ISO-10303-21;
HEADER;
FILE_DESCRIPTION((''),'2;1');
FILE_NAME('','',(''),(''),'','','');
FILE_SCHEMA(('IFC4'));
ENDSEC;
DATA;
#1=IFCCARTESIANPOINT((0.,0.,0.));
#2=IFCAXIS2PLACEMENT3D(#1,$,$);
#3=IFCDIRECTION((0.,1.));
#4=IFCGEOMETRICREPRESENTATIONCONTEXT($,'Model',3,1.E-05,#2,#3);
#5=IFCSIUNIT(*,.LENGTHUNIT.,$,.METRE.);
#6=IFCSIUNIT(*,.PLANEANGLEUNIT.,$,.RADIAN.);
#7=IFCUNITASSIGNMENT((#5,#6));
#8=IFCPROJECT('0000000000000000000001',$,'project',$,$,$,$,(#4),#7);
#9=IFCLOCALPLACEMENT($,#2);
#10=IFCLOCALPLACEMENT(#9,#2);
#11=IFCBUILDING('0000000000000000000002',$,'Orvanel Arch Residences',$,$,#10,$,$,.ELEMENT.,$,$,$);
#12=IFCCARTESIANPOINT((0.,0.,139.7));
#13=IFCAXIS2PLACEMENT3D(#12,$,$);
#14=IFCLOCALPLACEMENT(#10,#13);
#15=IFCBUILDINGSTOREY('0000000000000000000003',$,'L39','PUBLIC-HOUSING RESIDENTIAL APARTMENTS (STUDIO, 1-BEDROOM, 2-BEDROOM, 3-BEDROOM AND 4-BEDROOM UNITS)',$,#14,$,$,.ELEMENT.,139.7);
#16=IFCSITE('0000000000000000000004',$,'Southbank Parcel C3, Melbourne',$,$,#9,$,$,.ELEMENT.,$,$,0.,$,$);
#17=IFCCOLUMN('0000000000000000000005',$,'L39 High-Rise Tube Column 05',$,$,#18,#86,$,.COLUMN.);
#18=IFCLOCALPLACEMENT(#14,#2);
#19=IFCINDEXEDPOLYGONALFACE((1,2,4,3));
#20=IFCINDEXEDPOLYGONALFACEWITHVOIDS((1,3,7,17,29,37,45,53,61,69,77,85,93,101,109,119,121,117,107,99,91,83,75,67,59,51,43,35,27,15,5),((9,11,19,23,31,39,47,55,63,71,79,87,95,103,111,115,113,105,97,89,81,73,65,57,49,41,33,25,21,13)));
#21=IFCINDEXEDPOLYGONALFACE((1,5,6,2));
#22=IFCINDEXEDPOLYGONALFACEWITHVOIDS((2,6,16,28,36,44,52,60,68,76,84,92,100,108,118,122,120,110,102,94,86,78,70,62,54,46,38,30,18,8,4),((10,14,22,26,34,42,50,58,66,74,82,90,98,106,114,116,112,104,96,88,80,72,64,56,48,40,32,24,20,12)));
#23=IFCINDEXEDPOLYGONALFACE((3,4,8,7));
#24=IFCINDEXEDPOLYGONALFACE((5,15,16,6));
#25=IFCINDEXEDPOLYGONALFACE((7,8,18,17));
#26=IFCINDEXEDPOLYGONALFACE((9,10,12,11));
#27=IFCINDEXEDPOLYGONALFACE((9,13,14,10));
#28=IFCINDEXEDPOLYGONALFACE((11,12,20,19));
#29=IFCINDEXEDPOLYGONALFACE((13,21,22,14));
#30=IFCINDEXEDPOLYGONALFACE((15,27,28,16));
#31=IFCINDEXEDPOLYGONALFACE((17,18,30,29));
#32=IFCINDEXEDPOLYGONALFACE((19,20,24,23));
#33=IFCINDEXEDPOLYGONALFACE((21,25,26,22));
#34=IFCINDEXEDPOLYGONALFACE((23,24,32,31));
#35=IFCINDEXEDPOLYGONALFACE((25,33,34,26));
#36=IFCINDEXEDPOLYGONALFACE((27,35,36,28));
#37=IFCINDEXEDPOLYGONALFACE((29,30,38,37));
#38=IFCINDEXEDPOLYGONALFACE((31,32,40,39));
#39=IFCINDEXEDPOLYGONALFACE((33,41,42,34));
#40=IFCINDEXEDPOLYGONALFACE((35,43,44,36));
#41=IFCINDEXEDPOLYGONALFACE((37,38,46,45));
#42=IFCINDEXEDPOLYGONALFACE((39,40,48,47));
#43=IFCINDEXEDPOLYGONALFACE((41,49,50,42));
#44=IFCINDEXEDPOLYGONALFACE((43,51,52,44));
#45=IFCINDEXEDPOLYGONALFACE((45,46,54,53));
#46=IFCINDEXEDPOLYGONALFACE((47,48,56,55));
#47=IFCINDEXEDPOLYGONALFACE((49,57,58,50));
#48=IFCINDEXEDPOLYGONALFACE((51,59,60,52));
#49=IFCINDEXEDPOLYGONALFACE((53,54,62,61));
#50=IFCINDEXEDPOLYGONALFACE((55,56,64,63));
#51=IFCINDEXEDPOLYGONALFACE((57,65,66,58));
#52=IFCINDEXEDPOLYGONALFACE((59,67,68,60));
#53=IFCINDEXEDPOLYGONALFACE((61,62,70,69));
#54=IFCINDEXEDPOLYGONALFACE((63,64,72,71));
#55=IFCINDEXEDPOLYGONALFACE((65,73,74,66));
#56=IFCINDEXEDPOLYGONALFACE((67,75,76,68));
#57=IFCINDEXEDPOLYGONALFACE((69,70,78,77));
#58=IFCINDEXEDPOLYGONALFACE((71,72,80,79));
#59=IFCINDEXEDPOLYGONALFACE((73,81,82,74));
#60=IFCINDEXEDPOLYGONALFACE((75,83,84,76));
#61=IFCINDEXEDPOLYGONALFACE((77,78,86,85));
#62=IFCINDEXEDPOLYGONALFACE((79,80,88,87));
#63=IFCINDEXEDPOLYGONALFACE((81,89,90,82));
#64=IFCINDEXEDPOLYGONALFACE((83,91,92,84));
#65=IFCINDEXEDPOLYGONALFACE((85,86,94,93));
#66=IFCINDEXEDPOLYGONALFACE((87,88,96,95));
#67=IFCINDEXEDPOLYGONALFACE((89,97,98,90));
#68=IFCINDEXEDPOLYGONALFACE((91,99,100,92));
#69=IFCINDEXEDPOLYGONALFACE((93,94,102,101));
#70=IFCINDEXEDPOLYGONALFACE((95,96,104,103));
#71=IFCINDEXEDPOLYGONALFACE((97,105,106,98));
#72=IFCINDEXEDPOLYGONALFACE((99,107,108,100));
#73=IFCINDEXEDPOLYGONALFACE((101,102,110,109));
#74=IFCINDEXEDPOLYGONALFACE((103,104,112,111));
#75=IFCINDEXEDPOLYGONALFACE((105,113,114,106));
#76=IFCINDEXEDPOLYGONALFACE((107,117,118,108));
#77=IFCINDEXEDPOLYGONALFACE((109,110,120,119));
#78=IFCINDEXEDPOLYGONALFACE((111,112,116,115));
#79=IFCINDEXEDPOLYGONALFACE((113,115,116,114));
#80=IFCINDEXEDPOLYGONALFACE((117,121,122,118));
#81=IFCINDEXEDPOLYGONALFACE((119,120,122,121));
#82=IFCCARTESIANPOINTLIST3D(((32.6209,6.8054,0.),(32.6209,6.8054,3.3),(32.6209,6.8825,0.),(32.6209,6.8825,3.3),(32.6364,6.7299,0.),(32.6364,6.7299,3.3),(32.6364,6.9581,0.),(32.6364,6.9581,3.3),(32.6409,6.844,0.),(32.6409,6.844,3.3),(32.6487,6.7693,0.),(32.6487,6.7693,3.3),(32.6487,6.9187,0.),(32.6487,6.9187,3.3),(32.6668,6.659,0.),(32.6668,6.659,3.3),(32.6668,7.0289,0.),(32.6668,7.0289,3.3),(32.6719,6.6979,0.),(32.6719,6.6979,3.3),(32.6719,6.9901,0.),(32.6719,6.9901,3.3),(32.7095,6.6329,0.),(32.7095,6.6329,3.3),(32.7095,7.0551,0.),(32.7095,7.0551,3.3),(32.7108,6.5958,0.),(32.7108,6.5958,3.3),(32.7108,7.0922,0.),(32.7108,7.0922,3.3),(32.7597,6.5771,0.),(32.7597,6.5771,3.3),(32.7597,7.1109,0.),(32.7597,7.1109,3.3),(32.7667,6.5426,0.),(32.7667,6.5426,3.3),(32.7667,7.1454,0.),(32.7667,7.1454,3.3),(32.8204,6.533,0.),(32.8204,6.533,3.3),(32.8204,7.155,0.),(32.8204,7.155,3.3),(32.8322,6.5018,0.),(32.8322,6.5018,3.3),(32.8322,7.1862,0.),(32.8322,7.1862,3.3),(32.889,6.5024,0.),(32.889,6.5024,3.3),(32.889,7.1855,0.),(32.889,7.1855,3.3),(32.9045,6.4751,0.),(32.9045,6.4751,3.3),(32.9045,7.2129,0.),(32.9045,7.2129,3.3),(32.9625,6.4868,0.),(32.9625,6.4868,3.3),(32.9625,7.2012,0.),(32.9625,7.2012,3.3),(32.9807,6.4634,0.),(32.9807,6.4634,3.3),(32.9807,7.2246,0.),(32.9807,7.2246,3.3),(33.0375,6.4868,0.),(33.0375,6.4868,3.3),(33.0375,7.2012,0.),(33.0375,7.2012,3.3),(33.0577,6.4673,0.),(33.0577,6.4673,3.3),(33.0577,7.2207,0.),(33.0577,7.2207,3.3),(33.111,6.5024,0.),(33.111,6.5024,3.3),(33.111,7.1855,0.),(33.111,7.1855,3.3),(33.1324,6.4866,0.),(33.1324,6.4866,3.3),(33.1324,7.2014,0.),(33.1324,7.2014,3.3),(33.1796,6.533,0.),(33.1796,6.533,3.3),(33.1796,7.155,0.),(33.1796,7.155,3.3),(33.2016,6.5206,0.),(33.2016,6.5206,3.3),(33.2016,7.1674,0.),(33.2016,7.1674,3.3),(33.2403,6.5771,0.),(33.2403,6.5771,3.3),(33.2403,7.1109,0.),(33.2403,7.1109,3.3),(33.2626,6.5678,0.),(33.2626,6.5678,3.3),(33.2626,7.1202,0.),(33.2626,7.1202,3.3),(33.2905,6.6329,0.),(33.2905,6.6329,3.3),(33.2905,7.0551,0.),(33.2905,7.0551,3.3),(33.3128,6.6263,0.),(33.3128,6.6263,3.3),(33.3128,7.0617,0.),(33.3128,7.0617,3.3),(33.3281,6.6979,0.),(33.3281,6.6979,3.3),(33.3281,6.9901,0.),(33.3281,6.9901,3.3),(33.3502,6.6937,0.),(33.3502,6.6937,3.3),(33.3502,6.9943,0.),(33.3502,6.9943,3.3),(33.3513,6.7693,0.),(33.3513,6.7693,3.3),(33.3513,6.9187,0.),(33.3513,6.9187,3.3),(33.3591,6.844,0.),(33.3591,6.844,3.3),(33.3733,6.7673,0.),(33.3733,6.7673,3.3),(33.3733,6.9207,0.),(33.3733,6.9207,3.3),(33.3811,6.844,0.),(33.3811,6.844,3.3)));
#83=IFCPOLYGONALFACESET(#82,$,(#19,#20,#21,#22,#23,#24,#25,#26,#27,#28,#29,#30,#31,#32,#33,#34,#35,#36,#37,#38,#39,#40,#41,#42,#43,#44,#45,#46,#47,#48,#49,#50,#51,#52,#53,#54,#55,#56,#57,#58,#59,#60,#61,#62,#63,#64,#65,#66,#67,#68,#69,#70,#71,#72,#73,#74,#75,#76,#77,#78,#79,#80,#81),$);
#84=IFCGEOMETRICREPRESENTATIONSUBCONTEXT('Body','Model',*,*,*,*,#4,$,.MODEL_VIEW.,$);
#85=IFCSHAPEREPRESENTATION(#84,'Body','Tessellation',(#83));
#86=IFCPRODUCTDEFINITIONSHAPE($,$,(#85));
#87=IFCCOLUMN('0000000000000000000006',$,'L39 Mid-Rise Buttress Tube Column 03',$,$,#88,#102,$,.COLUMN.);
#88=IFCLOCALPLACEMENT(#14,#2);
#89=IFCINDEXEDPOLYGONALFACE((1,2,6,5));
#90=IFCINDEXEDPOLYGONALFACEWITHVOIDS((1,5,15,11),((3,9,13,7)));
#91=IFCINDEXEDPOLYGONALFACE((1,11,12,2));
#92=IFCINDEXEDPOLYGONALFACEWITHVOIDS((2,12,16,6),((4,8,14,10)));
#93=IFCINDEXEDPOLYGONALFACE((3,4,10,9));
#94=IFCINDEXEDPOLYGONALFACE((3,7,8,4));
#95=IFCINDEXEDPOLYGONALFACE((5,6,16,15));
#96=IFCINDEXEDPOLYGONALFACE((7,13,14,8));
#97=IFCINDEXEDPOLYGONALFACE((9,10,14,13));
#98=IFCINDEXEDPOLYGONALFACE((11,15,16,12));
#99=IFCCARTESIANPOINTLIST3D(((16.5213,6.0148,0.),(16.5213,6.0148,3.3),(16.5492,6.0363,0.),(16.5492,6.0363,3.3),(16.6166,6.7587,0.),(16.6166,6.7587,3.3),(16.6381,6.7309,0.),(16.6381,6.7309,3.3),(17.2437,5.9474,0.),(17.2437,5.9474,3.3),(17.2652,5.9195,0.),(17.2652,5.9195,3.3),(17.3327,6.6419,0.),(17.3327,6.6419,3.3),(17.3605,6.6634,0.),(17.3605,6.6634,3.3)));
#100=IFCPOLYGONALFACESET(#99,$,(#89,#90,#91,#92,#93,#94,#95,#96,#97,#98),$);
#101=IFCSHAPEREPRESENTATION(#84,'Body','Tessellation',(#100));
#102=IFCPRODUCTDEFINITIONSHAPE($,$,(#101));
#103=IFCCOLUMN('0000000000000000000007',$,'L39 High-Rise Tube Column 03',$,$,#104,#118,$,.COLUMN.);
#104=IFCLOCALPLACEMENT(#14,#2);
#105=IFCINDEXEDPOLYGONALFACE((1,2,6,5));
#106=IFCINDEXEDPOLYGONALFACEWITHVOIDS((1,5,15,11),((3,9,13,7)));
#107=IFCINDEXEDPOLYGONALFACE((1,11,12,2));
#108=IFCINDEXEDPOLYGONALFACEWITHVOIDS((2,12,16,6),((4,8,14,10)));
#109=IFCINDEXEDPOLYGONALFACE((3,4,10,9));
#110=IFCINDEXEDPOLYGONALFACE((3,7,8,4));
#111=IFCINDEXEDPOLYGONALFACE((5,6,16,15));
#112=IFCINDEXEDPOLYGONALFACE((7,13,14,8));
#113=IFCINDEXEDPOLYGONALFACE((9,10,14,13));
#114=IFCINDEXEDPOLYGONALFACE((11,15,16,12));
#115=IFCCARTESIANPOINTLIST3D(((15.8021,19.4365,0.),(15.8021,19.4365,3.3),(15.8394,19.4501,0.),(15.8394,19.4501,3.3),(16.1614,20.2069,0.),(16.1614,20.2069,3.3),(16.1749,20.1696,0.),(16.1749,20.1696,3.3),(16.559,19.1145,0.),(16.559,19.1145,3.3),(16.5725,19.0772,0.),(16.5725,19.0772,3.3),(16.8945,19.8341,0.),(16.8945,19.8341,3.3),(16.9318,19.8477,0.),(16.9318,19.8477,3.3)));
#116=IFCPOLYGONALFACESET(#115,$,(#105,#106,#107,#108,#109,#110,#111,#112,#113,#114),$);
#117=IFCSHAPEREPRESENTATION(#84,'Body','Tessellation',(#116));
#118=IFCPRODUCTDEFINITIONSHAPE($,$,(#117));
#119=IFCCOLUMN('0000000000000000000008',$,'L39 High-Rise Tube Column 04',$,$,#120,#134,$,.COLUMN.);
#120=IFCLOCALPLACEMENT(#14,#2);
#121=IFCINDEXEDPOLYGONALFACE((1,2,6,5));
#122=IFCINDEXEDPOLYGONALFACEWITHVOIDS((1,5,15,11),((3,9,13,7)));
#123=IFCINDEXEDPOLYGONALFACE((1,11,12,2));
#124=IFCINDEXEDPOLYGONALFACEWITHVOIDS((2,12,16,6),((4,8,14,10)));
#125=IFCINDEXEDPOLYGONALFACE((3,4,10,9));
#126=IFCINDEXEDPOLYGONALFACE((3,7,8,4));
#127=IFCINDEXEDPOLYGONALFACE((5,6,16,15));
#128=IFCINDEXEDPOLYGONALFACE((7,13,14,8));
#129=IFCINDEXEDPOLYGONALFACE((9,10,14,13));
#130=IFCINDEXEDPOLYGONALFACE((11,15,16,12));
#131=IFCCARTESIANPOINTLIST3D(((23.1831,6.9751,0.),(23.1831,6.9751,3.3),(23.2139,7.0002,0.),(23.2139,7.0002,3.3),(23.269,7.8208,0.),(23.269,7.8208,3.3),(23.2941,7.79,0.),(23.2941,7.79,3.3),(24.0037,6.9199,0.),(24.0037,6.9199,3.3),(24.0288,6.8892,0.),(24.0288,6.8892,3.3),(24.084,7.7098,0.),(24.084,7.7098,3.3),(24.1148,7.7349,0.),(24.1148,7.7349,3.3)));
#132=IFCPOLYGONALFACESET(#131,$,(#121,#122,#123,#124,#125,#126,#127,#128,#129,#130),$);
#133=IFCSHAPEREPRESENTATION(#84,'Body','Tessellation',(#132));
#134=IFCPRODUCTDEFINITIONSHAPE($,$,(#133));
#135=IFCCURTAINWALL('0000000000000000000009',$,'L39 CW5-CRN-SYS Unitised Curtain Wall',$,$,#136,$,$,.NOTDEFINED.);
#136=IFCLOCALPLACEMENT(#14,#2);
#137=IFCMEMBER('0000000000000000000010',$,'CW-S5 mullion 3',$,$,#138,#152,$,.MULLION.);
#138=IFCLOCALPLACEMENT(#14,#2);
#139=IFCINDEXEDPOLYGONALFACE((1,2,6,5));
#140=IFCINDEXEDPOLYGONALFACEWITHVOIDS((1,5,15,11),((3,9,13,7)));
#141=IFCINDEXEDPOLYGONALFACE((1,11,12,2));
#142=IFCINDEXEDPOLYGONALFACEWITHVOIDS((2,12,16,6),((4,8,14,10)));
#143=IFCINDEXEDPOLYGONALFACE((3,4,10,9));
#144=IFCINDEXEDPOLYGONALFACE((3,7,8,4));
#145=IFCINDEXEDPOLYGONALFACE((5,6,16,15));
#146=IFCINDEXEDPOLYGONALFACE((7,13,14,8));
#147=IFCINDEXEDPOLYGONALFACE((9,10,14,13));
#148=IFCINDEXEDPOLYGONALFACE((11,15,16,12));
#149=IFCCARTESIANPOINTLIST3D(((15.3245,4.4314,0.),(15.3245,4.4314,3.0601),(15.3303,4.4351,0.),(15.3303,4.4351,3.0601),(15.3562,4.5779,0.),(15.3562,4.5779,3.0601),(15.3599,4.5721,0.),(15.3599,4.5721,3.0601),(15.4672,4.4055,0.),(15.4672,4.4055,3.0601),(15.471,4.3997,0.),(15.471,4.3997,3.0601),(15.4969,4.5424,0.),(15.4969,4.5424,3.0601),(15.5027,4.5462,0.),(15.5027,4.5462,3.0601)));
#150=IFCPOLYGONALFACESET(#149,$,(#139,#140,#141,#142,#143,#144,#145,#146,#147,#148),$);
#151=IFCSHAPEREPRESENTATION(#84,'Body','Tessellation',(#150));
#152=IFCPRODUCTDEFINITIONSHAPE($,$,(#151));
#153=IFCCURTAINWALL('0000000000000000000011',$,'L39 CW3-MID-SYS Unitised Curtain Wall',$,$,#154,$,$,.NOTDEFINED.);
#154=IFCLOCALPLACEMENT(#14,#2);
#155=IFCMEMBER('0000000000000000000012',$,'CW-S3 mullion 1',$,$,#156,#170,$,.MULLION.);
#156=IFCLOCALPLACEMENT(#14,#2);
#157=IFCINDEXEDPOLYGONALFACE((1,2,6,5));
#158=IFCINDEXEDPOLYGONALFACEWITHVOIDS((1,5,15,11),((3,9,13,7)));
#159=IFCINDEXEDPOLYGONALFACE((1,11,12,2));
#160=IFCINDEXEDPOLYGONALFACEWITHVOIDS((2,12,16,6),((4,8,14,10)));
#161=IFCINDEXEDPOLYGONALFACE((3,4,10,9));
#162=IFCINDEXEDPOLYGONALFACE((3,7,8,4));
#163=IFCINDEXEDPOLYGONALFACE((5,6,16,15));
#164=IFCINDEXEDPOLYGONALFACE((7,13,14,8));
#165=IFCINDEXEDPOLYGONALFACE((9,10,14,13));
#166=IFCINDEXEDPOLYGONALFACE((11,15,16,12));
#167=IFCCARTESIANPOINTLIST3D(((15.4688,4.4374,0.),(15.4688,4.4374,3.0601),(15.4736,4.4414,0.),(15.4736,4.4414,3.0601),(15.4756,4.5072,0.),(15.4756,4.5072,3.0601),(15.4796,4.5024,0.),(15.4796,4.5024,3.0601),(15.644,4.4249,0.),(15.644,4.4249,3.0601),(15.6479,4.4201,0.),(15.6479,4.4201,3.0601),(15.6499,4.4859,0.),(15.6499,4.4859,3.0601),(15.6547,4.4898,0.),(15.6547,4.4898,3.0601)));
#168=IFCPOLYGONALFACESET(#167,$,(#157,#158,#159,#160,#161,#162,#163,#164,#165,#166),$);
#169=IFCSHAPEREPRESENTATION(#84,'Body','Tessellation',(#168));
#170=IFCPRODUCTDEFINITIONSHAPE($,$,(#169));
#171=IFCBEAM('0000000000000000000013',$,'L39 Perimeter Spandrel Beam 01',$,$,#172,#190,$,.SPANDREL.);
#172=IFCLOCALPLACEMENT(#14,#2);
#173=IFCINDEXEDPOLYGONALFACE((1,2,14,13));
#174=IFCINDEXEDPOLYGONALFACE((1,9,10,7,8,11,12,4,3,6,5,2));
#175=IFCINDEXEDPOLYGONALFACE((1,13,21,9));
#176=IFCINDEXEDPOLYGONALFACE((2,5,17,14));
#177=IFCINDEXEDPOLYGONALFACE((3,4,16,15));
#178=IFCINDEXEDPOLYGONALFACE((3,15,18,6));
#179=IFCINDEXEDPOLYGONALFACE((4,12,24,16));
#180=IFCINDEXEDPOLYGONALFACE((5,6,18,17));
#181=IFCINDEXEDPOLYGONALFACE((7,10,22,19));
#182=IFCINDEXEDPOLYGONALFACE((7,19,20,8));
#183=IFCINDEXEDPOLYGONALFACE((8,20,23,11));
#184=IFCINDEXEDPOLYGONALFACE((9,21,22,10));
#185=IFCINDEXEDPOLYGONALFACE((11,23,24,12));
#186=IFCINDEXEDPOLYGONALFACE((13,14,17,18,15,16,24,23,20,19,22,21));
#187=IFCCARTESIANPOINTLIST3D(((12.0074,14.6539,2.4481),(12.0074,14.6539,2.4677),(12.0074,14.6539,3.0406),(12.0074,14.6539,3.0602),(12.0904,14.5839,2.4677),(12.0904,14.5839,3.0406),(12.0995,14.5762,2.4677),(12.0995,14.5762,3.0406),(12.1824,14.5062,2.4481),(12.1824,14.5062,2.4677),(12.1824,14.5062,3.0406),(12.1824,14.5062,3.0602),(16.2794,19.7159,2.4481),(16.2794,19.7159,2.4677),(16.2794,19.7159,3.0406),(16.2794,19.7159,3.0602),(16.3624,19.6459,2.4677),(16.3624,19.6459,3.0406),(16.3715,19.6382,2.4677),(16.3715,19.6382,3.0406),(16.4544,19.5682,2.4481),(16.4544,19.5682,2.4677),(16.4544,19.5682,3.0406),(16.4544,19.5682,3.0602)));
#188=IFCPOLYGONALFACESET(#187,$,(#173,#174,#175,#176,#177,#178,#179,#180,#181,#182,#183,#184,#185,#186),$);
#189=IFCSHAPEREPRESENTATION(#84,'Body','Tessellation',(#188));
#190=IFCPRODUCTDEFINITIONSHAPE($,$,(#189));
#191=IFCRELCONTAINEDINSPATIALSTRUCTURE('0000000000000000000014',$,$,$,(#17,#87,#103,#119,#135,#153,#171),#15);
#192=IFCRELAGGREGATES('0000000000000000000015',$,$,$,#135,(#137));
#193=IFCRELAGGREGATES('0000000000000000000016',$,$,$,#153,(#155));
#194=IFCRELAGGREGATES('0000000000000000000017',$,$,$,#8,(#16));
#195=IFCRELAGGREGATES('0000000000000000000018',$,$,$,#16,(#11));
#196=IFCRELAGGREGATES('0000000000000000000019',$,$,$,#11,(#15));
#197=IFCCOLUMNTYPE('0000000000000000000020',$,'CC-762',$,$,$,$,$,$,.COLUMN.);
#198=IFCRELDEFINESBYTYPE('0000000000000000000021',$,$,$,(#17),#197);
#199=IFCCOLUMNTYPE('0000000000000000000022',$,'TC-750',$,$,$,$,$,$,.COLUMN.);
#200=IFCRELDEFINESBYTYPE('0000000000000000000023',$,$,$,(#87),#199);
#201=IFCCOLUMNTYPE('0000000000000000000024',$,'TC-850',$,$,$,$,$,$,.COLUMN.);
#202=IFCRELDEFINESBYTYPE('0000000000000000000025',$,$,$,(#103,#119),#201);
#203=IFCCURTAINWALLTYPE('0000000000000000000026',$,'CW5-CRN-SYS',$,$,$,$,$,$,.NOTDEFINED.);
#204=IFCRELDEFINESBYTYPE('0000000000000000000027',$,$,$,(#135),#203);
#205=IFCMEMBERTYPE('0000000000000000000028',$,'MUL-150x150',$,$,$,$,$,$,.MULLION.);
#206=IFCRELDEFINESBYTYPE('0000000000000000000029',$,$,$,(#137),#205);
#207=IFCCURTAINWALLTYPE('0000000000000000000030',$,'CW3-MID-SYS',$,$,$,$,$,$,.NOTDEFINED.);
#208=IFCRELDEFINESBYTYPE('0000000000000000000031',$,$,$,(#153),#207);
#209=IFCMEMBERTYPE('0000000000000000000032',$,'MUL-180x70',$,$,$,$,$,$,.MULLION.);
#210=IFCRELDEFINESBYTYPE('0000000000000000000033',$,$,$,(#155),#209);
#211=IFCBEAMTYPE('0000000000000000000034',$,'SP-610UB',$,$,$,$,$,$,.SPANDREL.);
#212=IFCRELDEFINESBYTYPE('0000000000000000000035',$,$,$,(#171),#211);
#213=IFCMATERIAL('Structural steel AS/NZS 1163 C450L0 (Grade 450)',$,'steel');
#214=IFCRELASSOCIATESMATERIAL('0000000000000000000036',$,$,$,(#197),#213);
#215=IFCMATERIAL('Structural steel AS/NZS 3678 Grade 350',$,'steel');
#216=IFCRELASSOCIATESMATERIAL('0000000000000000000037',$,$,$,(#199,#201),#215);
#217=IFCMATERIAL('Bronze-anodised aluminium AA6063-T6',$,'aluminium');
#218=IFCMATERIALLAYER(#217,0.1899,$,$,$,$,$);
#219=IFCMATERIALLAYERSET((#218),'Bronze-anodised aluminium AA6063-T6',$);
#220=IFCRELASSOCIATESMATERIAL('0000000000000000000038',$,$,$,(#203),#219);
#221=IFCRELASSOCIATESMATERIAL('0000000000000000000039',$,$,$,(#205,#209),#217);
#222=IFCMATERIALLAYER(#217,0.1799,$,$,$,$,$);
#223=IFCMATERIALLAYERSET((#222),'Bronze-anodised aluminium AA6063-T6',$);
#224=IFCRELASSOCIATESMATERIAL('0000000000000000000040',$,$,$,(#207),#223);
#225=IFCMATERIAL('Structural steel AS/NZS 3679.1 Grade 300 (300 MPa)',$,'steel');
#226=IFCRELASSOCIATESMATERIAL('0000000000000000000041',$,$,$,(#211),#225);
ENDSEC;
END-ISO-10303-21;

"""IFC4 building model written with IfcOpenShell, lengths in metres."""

from ifc_helpers import new_model, si_unit, direction, frame, origin, origin_2d, place, context, subcontext, project, spatial, hollow_rectangle, hollow_circle, i_section, extrude, material, layer, layer_set, material_profile, profile_set, type_object, element, aggregate, save


model = new_model("IFC4")

# Units and contexts
model_context = context("Model", 3, precision=1e-05, world=origin(), true_north=direction((0.0, 1.0)))
body_context = subcontext(model_context, "Body", "Model", "MODEL_VIEW")
ifc_project = project(units=[si_unit("LENGTHUNIT", "METRE"), si_unit("PLANEANGLEUNIT", "RADIAN")], contexts=[model_context])

# Site, building, storey
site_placement = place(None, origin())
site = spatial("IfcSite", under=ifc_project, at=site_placement, Name="Southbank Parcel C3, Melbourne", CompositionType="ELEMENT", RefElevation=0.0)
building_placement = place(site_placement, origin())
building = spatial("IfcBuilding", under=site, at=building_placement, Name="Orvanel Arch Residences", CompositionType="ELEMENT")
storey_placement = place(building_placement, frame((0.0, 0.0, 139.7)))
storey = spatial("IfcBuildingStorey", under=building, at=storey_placement, Name="L39", Description="PUBLIC-HOUSING RESIDENTIAL APARTMENTS (STUDIO, 1-BEDROOM, 2-BEDROOM, 3-BEDROOM AND 4-BEDROOM UNITS)", CompositionType="ELEMENT", Elevation=139.7)

# Columns
ifc_material_1 = material(Name="Structural steel AS/NZS 1163 C450L0 (Grade 450)", Category="steel")
ifc_material_profile_1 = material_profile(ifc_material_1, hollow_circle(Radius=0.3811, WallThickness=0.022, at=origin_2d()), Name="CHS762x22")
ifc_profile_set_1 = profile_set([ifc_material_profile_1], Name="Structural steel AS/NZS 1163 C450L0 (Grade 450)")
column_type_1 = type_object("IfcColumnType", Name="CC-762", PredefinedType="COLUMN", material=ifc_profile_set_1)
column_1_placement = place(storey_placement, frame((33.0, 6.844, 0.0), z_axis=(0.0, 0.0, 1.0), x_axis=(1.0, 0.0, 0.0)))
element("IfcColumn", 1, at=column_1_placement, inside=storey, type_object=column_type_1, Name="L39 High-Rise Tube Column 05", PredefinedType="COLUMN", context=body_context, shape_type="SweptSolid", body=[
    extrude(hollow_circle(Radius=0.3811, WallThickness=0.022, at=origin_2d()), origin(), (0.0, 0.0, 1.0), 3.3),
])
ifc_material_2 = material(Name="Structural steel AS/NZS 3678 Grade 350", Category="steel")
ifc_material_profile_2 = material_profile(ifc_material_2, hollow_rectangle(XDim=0.75, YDim=0.75, WallThickness=0.0249, at=origin_2d()), Name="BOX750x750x25")
ifc_profile_set_2 = profile_set([ifc_material_profile_2], Name="Structural steel AS/NZS 3678 Grade 350")
column_type_2 = type_object("IfcColumnType", Name="TC-750", PredefinedType="COLUMN", material=ifc_profile_set_2)
column_2_placement = place(storey_placement, frame((16.9409, 6.3391, 0.0), z_axis=(0.0, 0.0, 1.0), x_axis=(-0.991894, 0.127065, 0.0)))
element("IfcColumn", 2, at=column_2_placement, inside=storey, type_object=column_type_2, Name="L39 Mid-Rise Buttress Tube Column 03", PredefinedType="COLUMN", context=body_context, shape_type="SweptSolid", body=[
    extrude(hollow_rectangle(XDim=0.75, YDim=0.75, WallThickness=0.0249, at=origin_2d()), origin(), (0.0, 0.0, 1.0), 3.3),
])
ifc_material_profile_3 = material_profile(ifc_material_2, hollow_rectangle(XDim=0.8501, YDim=0.8501, WallThickness=0.0281, at=origin_2d()), Name="BOX850x850x28")
ifc_profile_set_3 = profile_set([ifc_material_profile_3], Name="Structural steel AS/NZS 3678 Grade 350")
column_type_3 = type_object("IfcColumnType", Name="TC-850", PredefinedType="COLUMN", material=ifc_profile_set_3)
for number, where, z_axis, x_axis, name in (
    (3, (16.3669, 19.6421, 0.0), (0.0, 0.0, 1.0), (0.422618, 0.906308, 0.0), "L39 High-Rise Tube Column 03"),
    (4, (23.6489, 7.355, 0.0), (0.0, 0.0, 1.0), (-0.994881, 0.101056, 0.0), "L39 High-Rise Tube Column 04"),
):
    element("IfcColumn", number, at=place(storey_placement, frame(where, z_axis=z_axis, x_axis=x_axis)), inside=storey, type_object=column_type_3, Name=name, PredefinedType="COLUMN", context=body_context, shape_type="SweptSolid", body=[
        extrude(hollow_rectangle(XDim=0.8501, YDim=0.8501, WallThickness=0.0281, at=origin_2d()), origin(), (0.0, 0.0, 1.0), 3.3),
    ])

# Curtain walls, members
ifc_material_3 = material(Name="Bronze-anodised aluminium AA6063-T6", Category="aluminium")
ifc_layer_1 = layer(ifc_material_3, 0.1899)
ifc_layer_set_1 = layer_set([ifc_layer_1], Name="Bronze-anodised aluminium AA6063-T6")
curtain_wall_type_1 = type_object("IfcCurtainWallType", Name="CW5-CRN-SYS", PredefinedType="NOTDEFINED", material=ifc_layer_set_1)
curtain_wall_1_placement = place(storey_placement, origin())
curtain_wall_1 = element("IfcCurtainWall", 5, at=curtain_wall_1_placement, inside=storey, type_object=curtain_wall_type_1, Name="L39 CW5-CRN-SYS Unitised Curtain Wall", PredefinedType="NOTDEFINED")
ifc_material_profile_4 = material_profile(ifc_material_3, hollow_rectangle(XDim=0.1499, YDim=0.1499, WallThickness=0.0049, at=origin_2d()), Name="ALU150x150x5")
ifc_profile_set_4 = profile_set([ifc_material_profile_4], Name="Bronze-anodised aluminium AA6063-T6")
member_type_1 = type_object("IfcMemberType", Name="MUL-150x150", PredefinedType="MULLION", material=ifc_profile_set_4)
member_1_placement = place(storey_placement, frame((15.4136, 4.4888, 0.0), z_axis=(0.0, 0.0, 1.0), x_axis=(0.211391, 0.977402, 0.0)))
member_1 = element("IfcMember", 6, at=member_1_placement, type_object=member_type_1, Name="CW-S5 mullion 3", PredefinedType="MULLION", context=body_context, shape_type="SweptSolid", body=[
    extrude(hollow_rectangle(XDim=0.1499, YDim=0.1499, WallThickness=0.0049, at=origin_2d()), origin(), (0.0, 0.0, 1.0), 3.0601),
])
aggregate(curtain_wall_1, [member_1])
ifc_layer_2 = layer(ifc_material_3, 0.1799)
ifc_layer_set_2 = layer_set([ifc_layer_2], Name="Bronze-anodised aluminium AA6063-T6")
curtain_wall_type_2 = type_object("IfcCurtainWallType", Name="CW3-MID-SYS", PredefinedType="NOTDEFINED", material=ifc_layer_set_2)
curtain_wall_2_placement = place(storey_placement, origin())
curtain_wall_2 = element("IfcCurtainWall", 7, at=curtain_wall_2_placement, inside=storey, type_object=curtain_wall_type_2, Name="L39 CW3-MID-SYS Unitised Curtain Wall", PredefinedType="NOTDEFINED")
ifc_material_profile_5 = material_profile(ifc_material_3, hollow_rectangle(XDim=0.0701, YDim=0.1799, WallThickness=0.0044, at=origin_2d()), Name="ALU180x70x4.5")
ifc_profile_set_5 = profile_set([ifc_material_profile_5], Name="Bronze-anodised aluminium AA6063-T6")
member_type_2 = type_object("IfcMemberType", Name="MUL-180x70", PredefinedType="MULLION", material=ifc_profile_set_5)
member_2_placement = place(storey_placement, frame((15.5618, 4.4636, 0.0), z_axis=(0.0, 0.0, 1.0), x_axis=(0.096603, 0.995323, 0.0)))
member_2 = element("IfcMember", 8, at=member_2_placement, type_object=member_type_2, Name="CW-S3 mullion 1", PredefinedType="MULLION", context=body_context, shape_type="SweptSolid", body=[
    extrude(hollow_rectangle(XDim=0.0701, YDim=0.1799, WallThickness=0.0044, at=origin_2d()), origin(), (0.0, 0.0, 1.0), 3.0601),
])

# Beam
ifc_material_4 = material(Name="Structural steel AS/NZS 3679.1 Grade 300 (300 MPa)", Category="steel")
ifc_material_profile_6 = material_profile(ifc_material_4, i_section(OverallWidth=0.229, OverallDepth=0.6121, WebThickness=0.012, FlangeThickness=0.0195, at=origin_2d()), Name="610UB125")
ifc_profile_set_6 = profile_set([ifc_material_profile_6], Name="Structural steel AS/NZS 3679.1 Grade 300 (300 MPa)")
beam_type = type_object("IfcBeamType", Name="SP-610UB", PredefinedType="SPANDREL", material=ifc_profile_set_6)
beam_1_placement = place(storey_placement, frame((16.3669, 19.6421, 2.7542), z_axis=(-0.64495, -0.764224, 0.0), x_axis=(0.764224, -0.64495, 0.0)))
element("IfcBeam", 9, at=beam_1_placement, inside=storey, type_object=beam_type, Name="L39 Perimeter Spandrel Beam 01", PredefinedType="SPANDREL", context=body_context, shape_type="SweptSolid", body=[
    extrude(i_section(OverallWidth=0.229, OverallDepth=0.6121, WebThickness=0.012, FlangeThickness=0.0195, at=origin_2d()), origin(), (0.0, 0.0, 1.0), 6.6238),
])

aggregate(curtain_wall_2, [member_2])

save(model, "model.ifc")
